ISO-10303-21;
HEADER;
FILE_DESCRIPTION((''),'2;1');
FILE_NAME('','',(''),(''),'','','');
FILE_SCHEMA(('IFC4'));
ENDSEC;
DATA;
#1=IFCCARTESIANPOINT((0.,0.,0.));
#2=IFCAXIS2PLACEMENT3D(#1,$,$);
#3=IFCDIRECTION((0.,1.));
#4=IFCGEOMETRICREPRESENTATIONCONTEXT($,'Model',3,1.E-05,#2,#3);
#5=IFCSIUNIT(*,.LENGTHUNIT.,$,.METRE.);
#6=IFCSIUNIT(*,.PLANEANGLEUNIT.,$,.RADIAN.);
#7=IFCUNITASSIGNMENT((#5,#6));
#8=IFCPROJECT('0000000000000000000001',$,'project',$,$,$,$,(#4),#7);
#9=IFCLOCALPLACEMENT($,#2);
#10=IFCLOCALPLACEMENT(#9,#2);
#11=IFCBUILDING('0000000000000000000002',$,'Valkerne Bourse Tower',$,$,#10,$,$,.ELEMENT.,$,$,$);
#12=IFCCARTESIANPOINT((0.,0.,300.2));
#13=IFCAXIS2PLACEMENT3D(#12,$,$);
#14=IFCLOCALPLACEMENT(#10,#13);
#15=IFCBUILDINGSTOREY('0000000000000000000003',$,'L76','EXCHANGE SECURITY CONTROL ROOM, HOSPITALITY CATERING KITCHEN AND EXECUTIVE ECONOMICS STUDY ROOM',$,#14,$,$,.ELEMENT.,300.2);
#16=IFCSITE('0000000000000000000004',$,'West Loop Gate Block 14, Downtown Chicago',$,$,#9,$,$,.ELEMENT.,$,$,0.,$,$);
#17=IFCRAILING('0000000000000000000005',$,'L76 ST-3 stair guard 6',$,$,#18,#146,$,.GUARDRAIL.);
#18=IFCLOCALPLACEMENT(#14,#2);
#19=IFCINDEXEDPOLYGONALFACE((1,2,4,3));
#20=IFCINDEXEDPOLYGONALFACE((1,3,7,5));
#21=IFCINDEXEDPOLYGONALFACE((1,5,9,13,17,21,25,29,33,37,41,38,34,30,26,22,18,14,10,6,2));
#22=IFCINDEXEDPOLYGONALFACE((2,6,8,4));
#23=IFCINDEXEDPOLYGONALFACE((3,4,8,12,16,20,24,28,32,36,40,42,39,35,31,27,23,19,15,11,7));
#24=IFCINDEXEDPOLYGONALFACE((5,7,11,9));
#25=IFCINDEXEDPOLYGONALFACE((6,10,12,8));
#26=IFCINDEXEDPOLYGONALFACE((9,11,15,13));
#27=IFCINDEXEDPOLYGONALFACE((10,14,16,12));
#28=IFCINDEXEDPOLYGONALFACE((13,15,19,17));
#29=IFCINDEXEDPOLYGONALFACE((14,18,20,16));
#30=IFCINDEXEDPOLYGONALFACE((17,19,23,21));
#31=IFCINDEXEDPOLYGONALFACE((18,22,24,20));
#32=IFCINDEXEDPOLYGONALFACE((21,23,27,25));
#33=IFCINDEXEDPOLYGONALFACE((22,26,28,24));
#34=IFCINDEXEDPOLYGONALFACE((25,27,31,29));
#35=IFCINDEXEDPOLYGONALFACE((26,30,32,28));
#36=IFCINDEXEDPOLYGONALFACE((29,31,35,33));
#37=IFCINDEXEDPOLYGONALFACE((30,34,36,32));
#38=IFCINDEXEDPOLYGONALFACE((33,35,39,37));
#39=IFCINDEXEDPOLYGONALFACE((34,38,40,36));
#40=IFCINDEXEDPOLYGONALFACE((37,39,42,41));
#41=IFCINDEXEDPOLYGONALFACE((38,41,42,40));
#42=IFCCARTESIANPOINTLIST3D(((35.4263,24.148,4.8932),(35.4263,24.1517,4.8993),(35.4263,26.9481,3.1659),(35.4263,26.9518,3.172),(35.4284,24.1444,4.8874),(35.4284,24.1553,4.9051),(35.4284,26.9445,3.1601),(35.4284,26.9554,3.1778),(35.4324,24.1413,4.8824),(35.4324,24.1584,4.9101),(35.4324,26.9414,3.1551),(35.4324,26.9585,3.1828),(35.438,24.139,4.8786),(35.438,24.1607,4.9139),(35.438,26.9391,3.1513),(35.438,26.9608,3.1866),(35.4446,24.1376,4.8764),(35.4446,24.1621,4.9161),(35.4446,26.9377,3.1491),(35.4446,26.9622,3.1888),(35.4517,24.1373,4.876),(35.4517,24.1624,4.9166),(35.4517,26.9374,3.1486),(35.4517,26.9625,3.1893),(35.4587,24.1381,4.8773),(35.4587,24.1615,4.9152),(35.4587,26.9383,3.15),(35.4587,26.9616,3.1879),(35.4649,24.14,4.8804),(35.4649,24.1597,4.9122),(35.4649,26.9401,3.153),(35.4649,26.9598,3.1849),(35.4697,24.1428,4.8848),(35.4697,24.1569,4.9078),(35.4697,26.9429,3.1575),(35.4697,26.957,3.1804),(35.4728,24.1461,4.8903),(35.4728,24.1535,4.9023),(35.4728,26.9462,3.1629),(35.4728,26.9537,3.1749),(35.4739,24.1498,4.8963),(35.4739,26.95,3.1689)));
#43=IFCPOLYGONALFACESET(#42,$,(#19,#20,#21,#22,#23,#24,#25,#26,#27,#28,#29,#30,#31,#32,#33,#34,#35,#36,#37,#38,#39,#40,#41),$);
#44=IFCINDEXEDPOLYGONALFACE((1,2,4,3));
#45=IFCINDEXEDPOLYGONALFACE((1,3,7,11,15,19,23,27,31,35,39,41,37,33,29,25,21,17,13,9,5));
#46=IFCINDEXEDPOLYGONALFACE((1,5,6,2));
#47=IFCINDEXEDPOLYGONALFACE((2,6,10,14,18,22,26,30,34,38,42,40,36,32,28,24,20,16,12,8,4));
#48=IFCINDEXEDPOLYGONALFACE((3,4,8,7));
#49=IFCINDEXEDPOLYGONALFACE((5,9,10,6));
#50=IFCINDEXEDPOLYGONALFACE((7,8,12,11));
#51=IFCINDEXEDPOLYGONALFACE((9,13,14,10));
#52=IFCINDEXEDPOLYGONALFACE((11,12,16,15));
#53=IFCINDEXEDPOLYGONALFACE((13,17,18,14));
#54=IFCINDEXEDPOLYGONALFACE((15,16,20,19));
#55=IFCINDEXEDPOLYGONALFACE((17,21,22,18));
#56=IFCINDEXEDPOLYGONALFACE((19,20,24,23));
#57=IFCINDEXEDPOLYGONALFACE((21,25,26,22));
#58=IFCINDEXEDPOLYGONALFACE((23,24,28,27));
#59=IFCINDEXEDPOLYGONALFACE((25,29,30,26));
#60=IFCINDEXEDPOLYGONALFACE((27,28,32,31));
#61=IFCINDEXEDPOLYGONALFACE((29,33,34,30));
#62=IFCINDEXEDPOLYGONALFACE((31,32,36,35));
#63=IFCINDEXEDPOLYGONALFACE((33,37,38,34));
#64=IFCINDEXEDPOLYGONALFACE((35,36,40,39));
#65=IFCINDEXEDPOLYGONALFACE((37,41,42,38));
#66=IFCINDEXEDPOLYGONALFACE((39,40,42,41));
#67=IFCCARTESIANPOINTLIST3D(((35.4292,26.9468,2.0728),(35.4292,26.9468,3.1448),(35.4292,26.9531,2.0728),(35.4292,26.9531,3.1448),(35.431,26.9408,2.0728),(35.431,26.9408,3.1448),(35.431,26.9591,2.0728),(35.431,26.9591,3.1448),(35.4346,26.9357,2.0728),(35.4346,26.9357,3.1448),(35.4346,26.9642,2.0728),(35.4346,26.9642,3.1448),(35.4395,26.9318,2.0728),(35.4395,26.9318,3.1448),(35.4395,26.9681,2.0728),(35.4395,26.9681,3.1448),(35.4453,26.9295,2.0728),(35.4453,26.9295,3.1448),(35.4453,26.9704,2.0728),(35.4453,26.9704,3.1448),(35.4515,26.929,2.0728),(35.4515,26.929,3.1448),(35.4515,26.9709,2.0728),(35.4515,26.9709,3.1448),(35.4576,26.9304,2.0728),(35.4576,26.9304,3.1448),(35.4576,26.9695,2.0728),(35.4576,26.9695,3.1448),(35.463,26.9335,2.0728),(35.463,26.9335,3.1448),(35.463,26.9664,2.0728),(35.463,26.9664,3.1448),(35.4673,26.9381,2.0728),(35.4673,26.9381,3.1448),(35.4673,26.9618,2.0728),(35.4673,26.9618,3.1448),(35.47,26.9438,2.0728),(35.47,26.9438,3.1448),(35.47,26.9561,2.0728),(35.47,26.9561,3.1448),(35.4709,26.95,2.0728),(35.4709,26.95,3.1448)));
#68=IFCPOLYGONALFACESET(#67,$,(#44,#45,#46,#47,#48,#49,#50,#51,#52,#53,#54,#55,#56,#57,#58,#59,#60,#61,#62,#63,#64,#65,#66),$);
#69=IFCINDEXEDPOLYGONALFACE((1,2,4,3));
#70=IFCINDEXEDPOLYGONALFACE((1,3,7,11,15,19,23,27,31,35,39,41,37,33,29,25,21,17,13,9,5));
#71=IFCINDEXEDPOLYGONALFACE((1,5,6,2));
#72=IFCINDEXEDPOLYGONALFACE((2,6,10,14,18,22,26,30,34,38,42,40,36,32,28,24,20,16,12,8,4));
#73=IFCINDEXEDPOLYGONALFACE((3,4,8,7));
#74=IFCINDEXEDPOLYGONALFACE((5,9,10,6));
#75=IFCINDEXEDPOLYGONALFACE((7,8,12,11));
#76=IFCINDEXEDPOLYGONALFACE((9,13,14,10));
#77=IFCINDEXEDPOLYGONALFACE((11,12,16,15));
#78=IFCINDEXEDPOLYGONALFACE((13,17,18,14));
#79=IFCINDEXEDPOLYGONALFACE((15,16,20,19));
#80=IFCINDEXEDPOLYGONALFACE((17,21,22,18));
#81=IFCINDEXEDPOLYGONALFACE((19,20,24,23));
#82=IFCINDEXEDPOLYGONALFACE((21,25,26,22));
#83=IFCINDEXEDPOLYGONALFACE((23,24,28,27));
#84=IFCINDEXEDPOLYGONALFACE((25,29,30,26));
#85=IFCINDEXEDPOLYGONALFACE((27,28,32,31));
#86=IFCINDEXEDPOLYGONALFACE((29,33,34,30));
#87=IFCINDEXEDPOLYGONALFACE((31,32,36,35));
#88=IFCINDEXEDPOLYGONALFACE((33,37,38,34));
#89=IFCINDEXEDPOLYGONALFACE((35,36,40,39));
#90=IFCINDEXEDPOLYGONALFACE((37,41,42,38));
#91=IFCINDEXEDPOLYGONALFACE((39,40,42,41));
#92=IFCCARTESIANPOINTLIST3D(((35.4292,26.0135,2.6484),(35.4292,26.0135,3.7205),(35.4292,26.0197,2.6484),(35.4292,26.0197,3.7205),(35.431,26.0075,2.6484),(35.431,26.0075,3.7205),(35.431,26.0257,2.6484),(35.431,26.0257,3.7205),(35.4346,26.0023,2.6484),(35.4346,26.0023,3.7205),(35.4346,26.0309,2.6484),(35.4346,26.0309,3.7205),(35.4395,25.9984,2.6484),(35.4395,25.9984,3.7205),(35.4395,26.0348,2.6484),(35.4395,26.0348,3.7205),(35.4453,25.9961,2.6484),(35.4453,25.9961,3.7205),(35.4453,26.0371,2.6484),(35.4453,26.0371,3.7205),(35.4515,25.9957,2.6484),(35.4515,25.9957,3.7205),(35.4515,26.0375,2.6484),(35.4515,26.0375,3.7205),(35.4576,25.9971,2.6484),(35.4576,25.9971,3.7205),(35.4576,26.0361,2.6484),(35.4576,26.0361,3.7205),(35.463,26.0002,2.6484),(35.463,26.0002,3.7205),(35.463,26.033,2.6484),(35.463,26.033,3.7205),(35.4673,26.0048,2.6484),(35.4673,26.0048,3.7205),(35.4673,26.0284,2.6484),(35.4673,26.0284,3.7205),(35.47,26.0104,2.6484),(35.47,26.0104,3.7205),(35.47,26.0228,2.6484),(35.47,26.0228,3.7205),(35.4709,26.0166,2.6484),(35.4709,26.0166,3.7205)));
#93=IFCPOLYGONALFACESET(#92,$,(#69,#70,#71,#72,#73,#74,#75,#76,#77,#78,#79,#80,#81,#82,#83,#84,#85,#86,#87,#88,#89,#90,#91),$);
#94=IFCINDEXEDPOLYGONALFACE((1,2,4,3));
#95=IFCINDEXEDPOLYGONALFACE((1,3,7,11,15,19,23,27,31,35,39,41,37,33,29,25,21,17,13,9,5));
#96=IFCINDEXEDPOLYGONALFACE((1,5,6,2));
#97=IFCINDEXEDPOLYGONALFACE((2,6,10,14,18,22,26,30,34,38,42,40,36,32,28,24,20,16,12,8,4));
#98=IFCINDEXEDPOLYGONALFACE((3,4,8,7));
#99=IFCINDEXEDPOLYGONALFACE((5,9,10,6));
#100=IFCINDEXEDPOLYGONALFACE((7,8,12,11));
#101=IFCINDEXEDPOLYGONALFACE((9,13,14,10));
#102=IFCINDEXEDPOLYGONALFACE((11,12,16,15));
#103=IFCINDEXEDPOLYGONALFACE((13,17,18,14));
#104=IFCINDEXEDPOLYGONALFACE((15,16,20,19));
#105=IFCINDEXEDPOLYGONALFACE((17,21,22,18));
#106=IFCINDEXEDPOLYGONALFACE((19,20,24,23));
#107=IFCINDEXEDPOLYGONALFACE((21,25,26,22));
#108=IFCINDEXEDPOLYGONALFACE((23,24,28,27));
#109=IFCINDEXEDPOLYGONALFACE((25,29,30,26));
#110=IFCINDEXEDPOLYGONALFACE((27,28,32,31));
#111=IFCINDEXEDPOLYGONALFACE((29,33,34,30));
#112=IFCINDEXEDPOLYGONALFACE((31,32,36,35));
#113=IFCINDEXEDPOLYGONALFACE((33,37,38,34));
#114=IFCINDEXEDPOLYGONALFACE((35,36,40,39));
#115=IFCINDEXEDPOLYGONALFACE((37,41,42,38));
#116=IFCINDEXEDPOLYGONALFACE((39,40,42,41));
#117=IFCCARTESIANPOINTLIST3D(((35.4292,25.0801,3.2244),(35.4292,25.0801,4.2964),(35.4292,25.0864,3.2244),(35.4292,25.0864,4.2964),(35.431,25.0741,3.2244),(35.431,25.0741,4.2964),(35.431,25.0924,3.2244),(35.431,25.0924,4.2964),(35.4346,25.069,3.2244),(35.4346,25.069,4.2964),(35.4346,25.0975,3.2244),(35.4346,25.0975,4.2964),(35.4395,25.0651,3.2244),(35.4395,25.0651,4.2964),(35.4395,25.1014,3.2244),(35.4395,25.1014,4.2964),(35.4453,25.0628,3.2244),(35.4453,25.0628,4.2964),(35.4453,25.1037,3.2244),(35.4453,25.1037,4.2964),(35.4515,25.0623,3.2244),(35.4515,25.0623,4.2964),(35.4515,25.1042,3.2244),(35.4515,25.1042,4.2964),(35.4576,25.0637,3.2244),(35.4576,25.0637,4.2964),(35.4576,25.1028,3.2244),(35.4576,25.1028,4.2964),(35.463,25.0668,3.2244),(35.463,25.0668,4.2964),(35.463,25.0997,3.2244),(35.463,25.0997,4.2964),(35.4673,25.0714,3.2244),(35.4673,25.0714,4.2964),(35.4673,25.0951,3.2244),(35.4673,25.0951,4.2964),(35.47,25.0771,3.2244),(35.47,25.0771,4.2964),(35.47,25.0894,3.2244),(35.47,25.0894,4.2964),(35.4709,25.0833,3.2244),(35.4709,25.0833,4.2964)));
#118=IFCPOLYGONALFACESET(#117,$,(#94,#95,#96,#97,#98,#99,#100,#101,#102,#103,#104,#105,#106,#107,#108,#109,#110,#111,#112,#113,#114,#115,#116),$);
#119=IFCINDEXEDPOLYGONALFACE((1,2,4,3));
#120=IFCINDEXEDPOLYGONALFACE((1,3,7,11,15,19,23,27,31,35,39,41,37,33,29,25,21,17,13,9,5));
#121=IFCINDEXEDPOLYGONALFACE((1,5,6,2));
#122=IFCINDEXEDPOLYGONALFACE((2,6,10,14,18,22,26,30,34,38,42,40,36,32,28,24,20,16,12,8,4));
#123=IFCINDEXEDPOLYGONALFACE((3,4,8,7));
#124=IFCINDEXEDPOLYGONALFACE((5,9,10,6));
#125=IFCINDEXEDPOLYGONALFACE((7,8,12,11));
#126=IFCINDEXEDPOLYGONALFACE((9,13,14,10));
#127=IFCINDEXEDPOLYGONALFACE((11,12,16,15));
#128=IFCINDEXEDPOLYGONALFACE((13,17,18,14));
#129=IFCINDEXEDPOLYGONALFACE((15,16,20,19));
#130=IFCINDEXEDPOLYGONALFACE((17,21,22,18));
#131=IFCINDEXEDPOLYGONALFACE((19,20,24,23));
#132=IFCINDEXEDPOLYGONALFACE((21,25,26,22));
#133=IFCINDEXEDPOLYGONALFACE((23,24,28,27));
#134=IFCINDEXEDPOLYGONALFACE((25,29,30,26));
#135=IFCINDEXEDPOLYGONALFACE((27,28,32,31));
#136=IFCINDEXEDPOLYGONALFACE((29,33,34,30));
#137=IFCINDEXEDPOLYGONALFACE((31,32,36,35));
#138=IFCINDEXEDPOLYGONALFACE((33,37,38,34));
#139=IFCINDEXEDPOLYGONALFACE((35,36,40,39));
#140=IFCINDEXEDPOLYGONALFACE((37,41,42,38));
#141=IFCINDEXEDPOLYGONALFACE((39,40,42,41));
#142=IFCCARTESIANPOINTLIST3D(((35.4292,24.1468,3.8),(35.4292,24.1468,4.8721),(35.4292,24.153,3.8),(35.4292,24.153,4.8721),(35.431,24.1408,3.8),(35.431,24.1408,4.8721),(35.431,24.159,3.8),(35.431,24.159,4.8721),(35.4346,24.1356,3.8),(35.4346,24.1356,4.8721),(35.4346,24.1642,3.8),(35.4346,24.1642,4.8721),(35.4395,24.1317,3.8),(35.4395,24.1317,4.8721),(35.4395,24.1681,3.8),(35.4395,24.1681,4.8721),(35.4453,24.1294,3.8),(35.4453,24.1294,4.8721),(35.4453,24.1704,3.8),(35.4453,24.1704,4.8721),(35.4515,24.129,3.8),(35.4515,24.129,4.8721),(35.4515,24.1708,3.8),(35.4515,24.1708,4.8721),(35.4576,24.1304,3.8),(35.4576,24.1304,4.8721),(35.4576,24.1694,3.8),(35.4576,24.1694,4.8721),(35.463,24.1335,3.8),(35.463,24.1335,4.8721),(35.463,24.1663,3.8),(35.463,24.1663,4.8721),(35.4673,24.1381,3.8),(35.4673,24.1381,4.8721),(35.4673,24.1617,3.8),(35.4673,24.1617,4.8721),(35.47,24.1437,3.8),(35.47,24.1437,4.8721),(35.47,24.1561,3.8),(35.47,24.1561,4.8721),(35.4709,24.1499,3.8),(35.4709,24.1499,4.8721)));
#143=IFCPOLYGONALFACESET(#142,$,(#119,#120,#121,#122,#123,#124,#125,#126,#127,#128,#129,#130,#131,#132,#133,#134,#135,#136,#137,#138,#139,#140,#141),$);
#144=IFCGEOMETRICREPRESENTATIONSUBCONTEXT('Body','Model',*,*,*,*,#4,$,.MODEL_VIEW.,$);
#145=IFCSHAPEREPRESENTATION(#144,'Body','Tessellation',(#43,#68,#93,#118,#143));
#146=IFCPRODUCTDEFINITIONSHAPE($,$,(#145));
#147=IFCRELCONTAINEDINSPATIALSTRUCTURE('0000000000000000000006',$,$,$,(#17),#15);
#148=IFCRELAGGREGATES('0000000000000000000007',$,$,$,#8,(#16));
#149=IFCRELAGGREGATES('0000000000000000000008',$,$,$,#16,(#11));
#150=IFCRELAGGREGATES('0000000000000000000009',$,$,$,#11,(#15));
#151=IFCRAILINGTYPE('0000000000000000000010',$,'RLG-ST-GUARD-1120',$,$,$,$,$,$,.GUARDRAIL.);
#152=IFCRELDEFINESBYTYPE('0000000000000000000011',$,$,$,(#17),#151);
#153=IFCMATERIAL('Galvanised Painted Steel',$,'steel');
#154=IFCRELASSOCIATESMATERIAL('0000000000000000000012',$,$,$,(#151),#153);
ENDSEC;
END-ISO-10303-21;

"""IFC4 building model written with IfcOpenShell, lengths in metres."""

from ifc_helpers import new_model, si_unit, direction, frame, origin, origin_2d, place, context, subcontext, project, spatial, circle, extrude, material, type_object, element, save


model = new_model("IFC4")

# Units and contexts
model_context = context("Model", 3, precision=1e-05, world=origin(), true_north=direction((0.0, 1.0)))
body_context = subcontext(model_context, "Body", "Model", "MODEL_VIEW")
ifc_project = project(units=[si_unit("LENGTHUNIT", "METRE"), si_unit("PLANEANGLEUNIT", "RADIAN")], contexts=[model_context])

# Site, building, storey
site_placement = place(None, origin())
site = spatial("IfcSite", under=ifc_project, at=site_placement, Name="West Loop Gate Block 14, Downtown Chicago", CompositionType="ELEMENT", RefElevation=0.0)
building_placement = place(site_placement, origin())
building = spatial("IfcBuilding", under=site, at=building_placement, Name="Valkerne Bourse Tower", CompositionType="ELEMENT")
storey_placement = place(building_placement, frame((0.0, 0.0, 300.2)))
storey = spatial("IfcBuildingStorey", under=building, at=storey_placement, Name="L76", Description="EXCHANGE SECURITY CONTROL ROOM, HOSPITALITY CATERING KITCHEN AND EXECUTIVE ECONOMICS STUDY ROOM", CompositionType="ELEMENT", Elevation=300.2)

# Railing
ifc_material_1 = material(Name="Galvanised Painted Steel", Category="steel")
railing_type_1 = type_object("IfcRailingType", Name="RLG-ST-GUARD-1120", PredefinedType="GUARDRAIL", material=ifc_material_1)
railing_1_placement = place(storey_placement, frame((35.45, 26.95, 2.0728)))
element("IfcRailing", 1, at=railing_1_placement, inside=storey, type_object=railing_type_1, Name="L76 ST-3 stair guard 6", PredefinedType="GUARDRAIL", context=body_context, shape_type="SweptSolid", body=[
    extrude(circle(Radius=0.0239, at=origin_2d()), frame((0.0, 0.0, 1.0962), z_axis=(0.0, -0.85109, 0.52502), x_axis=(1.0, 0.0, 0.0)), (0.0, 0.0, 1.0), 3.29),
    extrude(circle(Radius=0.021, at=origin_2d()), origin(), (0.0, 0.0, 1.0), 1.072),
    extrude(circle(Radius=0.021, at=origin_2d()), frame((0.0, -0.9333, 0.5757)), (0.0, 0.0, 1.0), 1.072),
    extrude(circle(Radius=0.021, at=origin_2d()), frame((0.0, -1.8667, 1.1516)), (0.0, 0.0, 1.0), 1.072),
    extrude(circle(Radius=0.021, at=origin_2d()), frame((0.0, -2.8, 1.7273)), (0.0, 0.0, 1.0), 1.072),
])

save(model, "model.ifc")
